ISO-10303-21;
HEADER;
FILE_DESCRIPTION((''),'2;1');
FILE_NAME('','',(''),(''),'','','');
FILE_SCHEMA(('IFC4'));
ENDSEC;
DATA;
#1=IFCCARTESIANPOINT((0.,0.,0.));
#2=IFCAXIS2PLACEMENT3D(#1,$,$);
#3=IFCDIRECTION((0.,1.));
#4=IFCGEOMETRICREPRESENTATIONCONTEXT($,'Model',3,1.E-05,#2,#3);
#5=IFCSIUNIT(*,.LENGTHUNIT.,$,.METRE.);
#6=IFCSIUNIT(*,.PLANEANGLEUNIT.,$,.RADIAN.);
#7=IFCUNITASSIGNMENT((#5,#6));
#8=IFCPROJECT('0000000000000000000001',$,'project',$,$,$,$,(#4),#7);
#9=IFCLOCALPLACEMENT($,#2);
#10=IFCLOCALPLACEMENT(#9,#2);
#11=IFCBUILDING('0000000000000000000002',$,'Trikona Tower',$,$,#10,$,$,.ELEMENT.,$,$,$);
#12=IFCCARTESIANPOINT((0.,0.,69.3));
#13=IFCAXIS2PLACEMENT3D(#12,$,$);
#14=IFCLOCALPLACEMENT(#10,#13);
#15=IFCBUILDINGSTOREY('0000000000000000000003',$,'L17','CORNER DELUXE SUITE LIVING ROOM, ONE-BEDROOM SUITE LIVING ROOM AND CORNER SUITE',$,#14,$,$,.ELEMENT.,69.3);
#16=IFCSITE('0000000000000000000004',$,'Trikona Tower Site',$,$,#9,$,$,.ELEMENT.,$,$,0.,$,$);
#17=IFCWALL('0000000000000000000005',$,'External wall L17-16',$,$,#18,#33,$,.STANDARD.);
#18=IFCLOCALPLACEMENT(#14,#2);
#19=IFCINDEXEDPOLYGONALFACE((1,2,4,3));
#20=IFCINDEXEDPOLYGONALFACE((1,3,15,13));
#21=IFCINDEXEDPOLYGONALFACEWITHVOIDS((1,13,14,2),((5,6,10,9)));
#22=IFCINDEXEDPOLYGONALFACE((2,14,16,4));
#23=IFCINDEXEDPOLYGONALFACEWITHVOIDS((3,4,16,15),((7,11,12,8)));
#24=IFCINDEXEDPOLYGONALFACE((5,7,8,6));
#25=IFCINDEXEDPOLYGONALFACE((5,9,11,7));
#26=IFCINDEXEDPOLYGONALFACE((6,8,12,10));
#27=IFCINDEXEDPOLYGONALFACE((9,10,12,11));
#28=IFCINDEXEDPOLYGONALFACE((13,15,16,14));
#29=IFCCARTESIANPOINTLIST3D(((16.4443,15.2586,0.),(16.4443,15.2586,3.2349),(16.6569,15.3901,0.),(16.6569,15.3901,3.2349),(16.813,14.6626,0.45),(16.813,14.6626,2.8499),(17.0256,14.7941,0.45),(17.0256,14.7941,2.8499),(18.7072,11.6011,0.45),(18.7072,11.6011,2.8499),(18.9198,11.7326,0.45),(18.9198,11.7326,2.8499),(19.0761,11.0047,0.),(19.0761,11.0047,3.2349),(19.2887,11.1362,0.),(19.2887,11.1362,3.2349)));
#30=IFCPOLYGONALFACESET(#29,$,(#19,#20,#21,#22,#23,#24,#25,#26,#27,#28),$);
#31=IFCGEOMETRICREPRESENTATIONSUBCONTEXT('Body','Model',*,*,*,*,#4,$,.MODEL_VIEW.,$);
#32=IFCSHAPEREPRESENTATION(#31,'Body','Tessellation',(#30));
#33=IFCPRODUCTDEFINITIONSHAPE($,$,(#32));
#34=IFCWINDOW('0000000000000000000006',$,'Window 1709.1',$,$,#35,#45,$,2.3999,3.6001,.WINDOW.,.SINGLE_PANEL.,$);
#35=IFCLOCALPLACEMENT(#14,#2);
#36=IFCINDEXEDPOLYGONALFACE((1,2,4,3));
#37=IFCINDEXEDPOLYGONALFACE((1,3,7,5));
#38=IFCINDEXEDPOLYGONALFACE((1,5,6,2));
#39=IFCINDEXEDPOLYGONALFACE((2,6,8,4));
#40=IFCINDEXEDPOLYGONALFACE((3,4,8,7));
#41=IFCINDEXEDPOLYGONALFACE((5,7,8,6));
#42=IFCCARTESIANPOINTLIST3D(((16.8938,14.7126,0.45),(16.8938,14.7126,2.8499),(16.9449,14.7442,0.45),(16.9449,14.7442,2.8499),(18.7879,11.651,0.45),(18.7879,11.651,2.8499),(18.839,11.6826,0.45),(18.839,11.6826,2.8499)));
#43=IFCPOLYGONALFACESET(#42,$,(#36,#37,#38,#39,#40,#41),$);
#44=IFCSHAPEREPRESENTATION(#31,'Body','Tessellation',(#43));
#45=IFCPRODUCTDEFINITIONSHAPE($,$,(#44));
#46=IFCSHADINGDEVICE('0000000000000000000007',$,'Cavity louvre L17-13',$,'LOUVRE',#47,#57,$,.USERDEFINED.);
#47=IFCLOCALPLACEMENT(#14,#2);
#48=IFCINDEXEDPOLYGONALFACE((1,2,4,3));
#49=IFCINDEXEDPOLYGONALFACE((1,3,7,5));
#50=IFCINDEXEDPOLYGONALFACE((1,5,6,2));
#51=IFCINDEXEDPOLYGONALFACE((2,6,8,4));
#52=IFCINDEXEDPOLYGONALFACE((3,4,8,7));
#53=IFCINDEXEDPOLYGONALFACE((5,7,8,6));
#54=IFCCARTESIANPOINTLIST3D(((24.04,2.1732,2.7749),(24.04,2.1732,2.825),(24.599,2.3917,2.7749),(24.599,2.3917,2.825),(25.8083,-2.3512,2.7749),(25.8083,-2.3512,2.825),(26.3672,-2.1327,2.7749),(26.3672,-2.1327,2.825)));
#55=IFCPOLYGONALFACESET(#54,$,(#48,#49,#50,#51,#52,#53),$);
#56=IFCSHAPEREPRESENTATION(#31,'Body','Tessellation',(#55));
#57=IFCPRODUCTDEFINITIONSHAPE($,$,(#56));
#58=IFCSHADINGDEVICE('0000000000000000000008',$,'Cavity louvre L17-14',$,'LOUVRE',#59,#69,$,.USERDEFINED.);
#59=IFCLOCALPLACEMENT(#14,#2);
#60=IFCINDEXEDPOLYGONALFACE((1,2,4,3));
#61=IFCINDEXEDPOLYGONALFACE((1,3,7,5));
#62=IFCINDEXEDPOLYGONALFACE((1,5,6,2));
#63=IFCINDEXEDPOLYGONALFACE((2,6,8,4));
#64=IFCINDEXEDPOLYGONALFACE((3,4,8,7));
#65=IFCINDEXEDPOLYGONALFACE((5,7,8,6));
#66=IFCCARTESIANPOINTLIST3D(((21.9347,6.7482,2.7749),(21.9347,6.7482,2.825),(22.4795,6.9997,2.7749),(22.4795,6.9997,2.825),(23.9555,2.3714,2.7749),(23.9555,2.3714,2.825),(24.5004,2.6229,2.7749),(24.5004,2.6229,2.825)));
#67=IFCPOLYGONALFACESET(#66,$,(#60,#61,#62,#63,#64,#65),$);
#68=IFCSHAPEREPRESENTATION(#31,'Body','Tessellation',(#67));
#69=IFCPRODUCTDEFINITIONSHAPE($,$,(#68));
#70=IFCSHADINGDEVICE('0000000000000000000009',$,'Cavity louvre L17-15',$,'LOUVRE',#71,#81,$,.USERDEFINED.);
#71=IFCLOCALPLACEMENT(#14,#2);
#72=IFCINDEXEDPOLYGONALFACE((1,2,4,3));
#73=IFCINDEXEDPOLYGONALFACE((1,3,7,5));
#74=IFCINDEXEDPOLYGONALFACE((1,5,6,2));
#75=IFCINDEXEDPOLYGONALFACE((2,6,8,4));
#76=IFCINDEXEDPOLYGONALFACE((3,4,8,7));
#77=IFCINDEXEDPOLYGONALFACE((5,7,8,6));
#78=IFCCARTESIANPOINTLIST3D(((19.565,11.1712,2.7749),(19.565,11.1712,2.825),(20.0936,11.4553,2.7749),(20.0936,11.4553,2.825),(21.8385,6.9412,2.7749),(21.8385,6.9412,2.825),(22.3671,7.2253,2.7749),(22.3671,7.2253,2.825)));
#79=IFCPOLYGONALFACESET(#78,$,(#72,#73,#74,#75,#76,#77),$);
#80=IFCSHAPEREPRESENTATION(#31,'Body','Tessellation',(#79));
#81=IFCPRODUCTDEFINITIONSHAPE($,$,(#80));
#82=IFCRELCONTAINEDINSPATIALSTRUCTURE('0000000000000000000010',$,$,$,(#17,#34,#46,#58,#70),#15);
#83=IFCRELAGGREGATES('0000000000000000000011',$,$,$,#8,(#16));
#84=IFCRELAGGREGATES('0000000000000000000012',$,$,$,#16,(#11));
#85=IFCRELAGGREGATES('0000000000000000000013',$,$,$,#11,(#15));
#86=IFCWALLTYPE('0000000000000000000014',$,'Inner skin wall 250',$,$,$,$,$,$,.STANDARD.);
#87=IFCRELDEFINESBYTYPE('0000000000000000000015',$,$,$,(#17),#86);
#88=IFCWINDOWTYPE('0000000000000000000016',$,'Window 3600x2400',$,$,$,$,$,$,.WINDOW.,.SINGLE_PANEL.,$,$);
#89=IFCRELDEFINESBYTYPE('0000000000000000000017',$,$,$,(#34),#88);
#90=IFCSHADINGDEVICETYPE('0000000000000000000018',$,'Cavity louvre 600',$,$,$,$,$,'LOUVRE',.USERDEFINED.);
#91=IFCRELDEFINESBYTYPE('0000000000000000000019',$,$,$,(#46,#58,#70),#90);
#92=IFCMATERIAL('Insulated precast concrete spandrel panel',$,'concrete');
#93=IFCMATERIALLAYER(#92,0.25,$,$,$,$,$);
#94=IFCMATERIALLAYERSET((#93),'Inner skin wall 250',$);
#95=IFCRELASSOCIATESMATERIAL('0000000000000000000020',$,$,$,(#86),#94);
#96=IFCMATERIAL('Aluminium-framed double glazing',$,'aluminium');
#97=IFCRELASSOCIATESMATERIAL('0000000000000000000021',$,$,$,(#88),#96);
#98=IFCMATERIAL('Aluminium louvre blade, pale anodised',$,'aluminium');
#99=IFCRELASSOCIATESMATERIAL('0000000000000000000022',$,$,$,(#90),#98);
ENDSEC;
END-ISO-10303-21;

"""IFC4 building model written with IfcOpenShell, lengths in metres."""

from ifc_helpers import new_model, si_unit, direction, frame, frame_2d, origin, origin_2d, place, context, subcontext, project, spatial, rectangle, extrude, material, layer, layer_set, type_object, element, fill, save


model = new_model("IFC4")

# Units and contexts
model_context = context("Model", 3, precision=1e-05, world=origin(), true_north=direction((0.0, 1.0)))
body_context = subcontext(model_context, "Body", "Model", "MODEL_VIEW")
ifc_project = project(units=[si_unit("LENGTHUNIT", "METRE"), si_unit("PLANEANGLEUNIT", "RADIAN")], contexts=[model_context])

# Site, building, storey
site_placement = place(None, origin())
site = spatial("IfcSite", under=ifc_project, at=site_placement, Name="Trikona Tower Site", CompositionType="ELEMENT", RefElevation=0.0)
building_placement = place(site_placement, origin())
building = spatial("IfcBuilding", under=site, at=building_placement, Name="Trikona Tower", CompositionType="ELEMENT")
storey_placement = place(building_placement, frame((0.0, 0.0, 69.3)))
storey = spatial("IfcBuildingStorey", under=building, at=storey_placement, Name="L17", Description="CORNER DELUXE SUITE LIVING ROOM, ONE-BEDROOM SUITE LIVING ROOM AND CORNER SUITE", CompositionType="ELEMENT", Elevation=69.3)

# Wall, opening, window
ifc_material_1 = material(Name="Insulated precast concrete spandrel panel", Category="concrete")
ifc_layer_1 = layer(ifc_material_1, 0.25)
ifc_layer_set_1 = layer_set([ifc_layer_1], Name="Inner skin wall 250")
wall_type_1 = type_object("IfcWallType", Name="Inner skin wall 250", PredefinedType="STANDARD", material=ifc_layer_set_1)
ifc_material_2 = material(Name="Aluminium-framed double glazing", Category="aluminium")
window_type = type_object("IfcWindowType", Name="Window 3600x2400", PartitioningType="SINGLE_PANEL", PredefinedType="WINDOW", material=ifc_material_2)
wall_1_placement = place(storey_placement, frame((19.1824, 11.0706, 0.0), z_axis=(0.0, 0.0, 1.0), x_axis=(-0.526133, 0.850402, 0.0)))
wall_1 = element("IfcWall", 1, at=wall_1_placement, inside=storey, type_object=wall_type_1, Name="External wall L17-16", PredefinedType="STANDARD", context=body_context, shape_type="SweptSolid", body=[
    extrude(rectangle(XDim=5.0022, YDim=0.25, at=frame_2d((2.501, 0.0))), origin(), (0.0, 0.0, 1.0), 3.2349),
])
opening_1_placement = place(wall_1_placement, frame((0.7012, 0.0, 0.45)))
opening_1 = element("IfcOpeningElement", 2, at=opening_1_placement, cuts=wall_1, PredefinedType="OPENING", context=body_context, shape_type="SweptSolid", body=[
    extrude(rectangle(XDim=3.6001, YDim=2.3999, at=frame_2d((1.8, 1.2))), frame((0.0, 0.135, 0.0), z_axis=(0.0, -1.0, 0.0), x_axis=(1.0, 0.0, 0.0)), (0.0, 0.0, 1.0), 0.27),
])
window_1_placement = place(opening_1_placement, origin())
window_1 = element("IfcWindow", 3, at=window_1_placement, inside=storey, type_object=window_type, Name="Window 1709.1", OverallHeight=2.3999, OverallWidth=3.6001, PartitioningType="SINGLE_PANEL", PredefinedType="WINDOW", context=body_context, shape_type="SweptSolid", body=[
    extrude(rectangle(XDim=3.6001, YDim=2.3999, at=frame_2d((1.8, 1.2))), frame((0.0, 0.03, 0.0), z_axis=(0.0, -1.0, 0.0), x_axis=(1.0, 0.0, 0.0)), (0.0, 0.0, 1.0), 0.0601),
])
fill(opening_1, window_1)

# Shading devices
ifc_material_3 = material(Name="Aluminium louvre blade, pale anodised", Category="aluminium")
shading_device_type = type_object("IfcShadingDeviceType", Name="Cavity louvre 600", ElementType="LOUVRE", PredefinedType="USERDEFINED", material=ifc_material_3)
shading_device_1_placement = place(storey_placement, frame((25.2036, 0.0203, 2.7749), z_axis=(0.0, 0.0, 1.0), x_axis=(-0.364009, 0.931395, 0.0)))
element("IfcShadingDevice", 4, at=shading_device_1_placement, inside=storey, type_object=shading_device_type, Name="Cavity louvre L17-13", ObjectType="LOUVRE", PredefinedType="USERDEFINED", context=body_context, shape_type="SweptSolid", body=[
    extrude(rectangle(XDim=4.8577, YDim=0.6001, at=origin_2d()), origin(), (0.0, 0.0, 1.0), 0.05),
])
shading_device_2_placement = place(storey_placement, frame((23.2175, 4.6855, 2.7749), z_axis=(0.0, 0.0, 1.0), x_axis=(-0.419194, 0.907897, 0.0)))
element("IfcShadingDevice", 5, at=shading_device_2_placement, inside=storey, type_object=shading_device_type, Name="Cavity louvre L17-14", ObjectType="LOUVRE", PredefinedType="USERDEFINED", context=body_context, shape_type="SweptSolid", body=[
    extrude(rectangle(XDim=4.8208, YDim=0.6001, at=origin_2d()), origin(), (0.0, 0.0, 1.0), 0.05),
])
shading_device_3_placement = place(storey_placement, frame((20.9661, 9.1982, 2.7749), z_axis=(0.0, 0.0, 1.0), x_axis=(-0.473423, 0.880835, 0.0)))
element("IfcShadingDevice", 6, at=shading_device_3_placement, inside=storey, type_object=shading_device_type, Name="Cavity louvre L17-15", ObjectType="LOUVRE", PredefinedType="USERDEFINED", context=body_context, shape_type="SweptSolid", body=[
    extrude(rectangle(XDim=4.8022, YDim=0.6001, at=origin_2d()), origin(), (0.0, 0.0, 1.0), 0.05),
])

save(model, "model.ifc")
